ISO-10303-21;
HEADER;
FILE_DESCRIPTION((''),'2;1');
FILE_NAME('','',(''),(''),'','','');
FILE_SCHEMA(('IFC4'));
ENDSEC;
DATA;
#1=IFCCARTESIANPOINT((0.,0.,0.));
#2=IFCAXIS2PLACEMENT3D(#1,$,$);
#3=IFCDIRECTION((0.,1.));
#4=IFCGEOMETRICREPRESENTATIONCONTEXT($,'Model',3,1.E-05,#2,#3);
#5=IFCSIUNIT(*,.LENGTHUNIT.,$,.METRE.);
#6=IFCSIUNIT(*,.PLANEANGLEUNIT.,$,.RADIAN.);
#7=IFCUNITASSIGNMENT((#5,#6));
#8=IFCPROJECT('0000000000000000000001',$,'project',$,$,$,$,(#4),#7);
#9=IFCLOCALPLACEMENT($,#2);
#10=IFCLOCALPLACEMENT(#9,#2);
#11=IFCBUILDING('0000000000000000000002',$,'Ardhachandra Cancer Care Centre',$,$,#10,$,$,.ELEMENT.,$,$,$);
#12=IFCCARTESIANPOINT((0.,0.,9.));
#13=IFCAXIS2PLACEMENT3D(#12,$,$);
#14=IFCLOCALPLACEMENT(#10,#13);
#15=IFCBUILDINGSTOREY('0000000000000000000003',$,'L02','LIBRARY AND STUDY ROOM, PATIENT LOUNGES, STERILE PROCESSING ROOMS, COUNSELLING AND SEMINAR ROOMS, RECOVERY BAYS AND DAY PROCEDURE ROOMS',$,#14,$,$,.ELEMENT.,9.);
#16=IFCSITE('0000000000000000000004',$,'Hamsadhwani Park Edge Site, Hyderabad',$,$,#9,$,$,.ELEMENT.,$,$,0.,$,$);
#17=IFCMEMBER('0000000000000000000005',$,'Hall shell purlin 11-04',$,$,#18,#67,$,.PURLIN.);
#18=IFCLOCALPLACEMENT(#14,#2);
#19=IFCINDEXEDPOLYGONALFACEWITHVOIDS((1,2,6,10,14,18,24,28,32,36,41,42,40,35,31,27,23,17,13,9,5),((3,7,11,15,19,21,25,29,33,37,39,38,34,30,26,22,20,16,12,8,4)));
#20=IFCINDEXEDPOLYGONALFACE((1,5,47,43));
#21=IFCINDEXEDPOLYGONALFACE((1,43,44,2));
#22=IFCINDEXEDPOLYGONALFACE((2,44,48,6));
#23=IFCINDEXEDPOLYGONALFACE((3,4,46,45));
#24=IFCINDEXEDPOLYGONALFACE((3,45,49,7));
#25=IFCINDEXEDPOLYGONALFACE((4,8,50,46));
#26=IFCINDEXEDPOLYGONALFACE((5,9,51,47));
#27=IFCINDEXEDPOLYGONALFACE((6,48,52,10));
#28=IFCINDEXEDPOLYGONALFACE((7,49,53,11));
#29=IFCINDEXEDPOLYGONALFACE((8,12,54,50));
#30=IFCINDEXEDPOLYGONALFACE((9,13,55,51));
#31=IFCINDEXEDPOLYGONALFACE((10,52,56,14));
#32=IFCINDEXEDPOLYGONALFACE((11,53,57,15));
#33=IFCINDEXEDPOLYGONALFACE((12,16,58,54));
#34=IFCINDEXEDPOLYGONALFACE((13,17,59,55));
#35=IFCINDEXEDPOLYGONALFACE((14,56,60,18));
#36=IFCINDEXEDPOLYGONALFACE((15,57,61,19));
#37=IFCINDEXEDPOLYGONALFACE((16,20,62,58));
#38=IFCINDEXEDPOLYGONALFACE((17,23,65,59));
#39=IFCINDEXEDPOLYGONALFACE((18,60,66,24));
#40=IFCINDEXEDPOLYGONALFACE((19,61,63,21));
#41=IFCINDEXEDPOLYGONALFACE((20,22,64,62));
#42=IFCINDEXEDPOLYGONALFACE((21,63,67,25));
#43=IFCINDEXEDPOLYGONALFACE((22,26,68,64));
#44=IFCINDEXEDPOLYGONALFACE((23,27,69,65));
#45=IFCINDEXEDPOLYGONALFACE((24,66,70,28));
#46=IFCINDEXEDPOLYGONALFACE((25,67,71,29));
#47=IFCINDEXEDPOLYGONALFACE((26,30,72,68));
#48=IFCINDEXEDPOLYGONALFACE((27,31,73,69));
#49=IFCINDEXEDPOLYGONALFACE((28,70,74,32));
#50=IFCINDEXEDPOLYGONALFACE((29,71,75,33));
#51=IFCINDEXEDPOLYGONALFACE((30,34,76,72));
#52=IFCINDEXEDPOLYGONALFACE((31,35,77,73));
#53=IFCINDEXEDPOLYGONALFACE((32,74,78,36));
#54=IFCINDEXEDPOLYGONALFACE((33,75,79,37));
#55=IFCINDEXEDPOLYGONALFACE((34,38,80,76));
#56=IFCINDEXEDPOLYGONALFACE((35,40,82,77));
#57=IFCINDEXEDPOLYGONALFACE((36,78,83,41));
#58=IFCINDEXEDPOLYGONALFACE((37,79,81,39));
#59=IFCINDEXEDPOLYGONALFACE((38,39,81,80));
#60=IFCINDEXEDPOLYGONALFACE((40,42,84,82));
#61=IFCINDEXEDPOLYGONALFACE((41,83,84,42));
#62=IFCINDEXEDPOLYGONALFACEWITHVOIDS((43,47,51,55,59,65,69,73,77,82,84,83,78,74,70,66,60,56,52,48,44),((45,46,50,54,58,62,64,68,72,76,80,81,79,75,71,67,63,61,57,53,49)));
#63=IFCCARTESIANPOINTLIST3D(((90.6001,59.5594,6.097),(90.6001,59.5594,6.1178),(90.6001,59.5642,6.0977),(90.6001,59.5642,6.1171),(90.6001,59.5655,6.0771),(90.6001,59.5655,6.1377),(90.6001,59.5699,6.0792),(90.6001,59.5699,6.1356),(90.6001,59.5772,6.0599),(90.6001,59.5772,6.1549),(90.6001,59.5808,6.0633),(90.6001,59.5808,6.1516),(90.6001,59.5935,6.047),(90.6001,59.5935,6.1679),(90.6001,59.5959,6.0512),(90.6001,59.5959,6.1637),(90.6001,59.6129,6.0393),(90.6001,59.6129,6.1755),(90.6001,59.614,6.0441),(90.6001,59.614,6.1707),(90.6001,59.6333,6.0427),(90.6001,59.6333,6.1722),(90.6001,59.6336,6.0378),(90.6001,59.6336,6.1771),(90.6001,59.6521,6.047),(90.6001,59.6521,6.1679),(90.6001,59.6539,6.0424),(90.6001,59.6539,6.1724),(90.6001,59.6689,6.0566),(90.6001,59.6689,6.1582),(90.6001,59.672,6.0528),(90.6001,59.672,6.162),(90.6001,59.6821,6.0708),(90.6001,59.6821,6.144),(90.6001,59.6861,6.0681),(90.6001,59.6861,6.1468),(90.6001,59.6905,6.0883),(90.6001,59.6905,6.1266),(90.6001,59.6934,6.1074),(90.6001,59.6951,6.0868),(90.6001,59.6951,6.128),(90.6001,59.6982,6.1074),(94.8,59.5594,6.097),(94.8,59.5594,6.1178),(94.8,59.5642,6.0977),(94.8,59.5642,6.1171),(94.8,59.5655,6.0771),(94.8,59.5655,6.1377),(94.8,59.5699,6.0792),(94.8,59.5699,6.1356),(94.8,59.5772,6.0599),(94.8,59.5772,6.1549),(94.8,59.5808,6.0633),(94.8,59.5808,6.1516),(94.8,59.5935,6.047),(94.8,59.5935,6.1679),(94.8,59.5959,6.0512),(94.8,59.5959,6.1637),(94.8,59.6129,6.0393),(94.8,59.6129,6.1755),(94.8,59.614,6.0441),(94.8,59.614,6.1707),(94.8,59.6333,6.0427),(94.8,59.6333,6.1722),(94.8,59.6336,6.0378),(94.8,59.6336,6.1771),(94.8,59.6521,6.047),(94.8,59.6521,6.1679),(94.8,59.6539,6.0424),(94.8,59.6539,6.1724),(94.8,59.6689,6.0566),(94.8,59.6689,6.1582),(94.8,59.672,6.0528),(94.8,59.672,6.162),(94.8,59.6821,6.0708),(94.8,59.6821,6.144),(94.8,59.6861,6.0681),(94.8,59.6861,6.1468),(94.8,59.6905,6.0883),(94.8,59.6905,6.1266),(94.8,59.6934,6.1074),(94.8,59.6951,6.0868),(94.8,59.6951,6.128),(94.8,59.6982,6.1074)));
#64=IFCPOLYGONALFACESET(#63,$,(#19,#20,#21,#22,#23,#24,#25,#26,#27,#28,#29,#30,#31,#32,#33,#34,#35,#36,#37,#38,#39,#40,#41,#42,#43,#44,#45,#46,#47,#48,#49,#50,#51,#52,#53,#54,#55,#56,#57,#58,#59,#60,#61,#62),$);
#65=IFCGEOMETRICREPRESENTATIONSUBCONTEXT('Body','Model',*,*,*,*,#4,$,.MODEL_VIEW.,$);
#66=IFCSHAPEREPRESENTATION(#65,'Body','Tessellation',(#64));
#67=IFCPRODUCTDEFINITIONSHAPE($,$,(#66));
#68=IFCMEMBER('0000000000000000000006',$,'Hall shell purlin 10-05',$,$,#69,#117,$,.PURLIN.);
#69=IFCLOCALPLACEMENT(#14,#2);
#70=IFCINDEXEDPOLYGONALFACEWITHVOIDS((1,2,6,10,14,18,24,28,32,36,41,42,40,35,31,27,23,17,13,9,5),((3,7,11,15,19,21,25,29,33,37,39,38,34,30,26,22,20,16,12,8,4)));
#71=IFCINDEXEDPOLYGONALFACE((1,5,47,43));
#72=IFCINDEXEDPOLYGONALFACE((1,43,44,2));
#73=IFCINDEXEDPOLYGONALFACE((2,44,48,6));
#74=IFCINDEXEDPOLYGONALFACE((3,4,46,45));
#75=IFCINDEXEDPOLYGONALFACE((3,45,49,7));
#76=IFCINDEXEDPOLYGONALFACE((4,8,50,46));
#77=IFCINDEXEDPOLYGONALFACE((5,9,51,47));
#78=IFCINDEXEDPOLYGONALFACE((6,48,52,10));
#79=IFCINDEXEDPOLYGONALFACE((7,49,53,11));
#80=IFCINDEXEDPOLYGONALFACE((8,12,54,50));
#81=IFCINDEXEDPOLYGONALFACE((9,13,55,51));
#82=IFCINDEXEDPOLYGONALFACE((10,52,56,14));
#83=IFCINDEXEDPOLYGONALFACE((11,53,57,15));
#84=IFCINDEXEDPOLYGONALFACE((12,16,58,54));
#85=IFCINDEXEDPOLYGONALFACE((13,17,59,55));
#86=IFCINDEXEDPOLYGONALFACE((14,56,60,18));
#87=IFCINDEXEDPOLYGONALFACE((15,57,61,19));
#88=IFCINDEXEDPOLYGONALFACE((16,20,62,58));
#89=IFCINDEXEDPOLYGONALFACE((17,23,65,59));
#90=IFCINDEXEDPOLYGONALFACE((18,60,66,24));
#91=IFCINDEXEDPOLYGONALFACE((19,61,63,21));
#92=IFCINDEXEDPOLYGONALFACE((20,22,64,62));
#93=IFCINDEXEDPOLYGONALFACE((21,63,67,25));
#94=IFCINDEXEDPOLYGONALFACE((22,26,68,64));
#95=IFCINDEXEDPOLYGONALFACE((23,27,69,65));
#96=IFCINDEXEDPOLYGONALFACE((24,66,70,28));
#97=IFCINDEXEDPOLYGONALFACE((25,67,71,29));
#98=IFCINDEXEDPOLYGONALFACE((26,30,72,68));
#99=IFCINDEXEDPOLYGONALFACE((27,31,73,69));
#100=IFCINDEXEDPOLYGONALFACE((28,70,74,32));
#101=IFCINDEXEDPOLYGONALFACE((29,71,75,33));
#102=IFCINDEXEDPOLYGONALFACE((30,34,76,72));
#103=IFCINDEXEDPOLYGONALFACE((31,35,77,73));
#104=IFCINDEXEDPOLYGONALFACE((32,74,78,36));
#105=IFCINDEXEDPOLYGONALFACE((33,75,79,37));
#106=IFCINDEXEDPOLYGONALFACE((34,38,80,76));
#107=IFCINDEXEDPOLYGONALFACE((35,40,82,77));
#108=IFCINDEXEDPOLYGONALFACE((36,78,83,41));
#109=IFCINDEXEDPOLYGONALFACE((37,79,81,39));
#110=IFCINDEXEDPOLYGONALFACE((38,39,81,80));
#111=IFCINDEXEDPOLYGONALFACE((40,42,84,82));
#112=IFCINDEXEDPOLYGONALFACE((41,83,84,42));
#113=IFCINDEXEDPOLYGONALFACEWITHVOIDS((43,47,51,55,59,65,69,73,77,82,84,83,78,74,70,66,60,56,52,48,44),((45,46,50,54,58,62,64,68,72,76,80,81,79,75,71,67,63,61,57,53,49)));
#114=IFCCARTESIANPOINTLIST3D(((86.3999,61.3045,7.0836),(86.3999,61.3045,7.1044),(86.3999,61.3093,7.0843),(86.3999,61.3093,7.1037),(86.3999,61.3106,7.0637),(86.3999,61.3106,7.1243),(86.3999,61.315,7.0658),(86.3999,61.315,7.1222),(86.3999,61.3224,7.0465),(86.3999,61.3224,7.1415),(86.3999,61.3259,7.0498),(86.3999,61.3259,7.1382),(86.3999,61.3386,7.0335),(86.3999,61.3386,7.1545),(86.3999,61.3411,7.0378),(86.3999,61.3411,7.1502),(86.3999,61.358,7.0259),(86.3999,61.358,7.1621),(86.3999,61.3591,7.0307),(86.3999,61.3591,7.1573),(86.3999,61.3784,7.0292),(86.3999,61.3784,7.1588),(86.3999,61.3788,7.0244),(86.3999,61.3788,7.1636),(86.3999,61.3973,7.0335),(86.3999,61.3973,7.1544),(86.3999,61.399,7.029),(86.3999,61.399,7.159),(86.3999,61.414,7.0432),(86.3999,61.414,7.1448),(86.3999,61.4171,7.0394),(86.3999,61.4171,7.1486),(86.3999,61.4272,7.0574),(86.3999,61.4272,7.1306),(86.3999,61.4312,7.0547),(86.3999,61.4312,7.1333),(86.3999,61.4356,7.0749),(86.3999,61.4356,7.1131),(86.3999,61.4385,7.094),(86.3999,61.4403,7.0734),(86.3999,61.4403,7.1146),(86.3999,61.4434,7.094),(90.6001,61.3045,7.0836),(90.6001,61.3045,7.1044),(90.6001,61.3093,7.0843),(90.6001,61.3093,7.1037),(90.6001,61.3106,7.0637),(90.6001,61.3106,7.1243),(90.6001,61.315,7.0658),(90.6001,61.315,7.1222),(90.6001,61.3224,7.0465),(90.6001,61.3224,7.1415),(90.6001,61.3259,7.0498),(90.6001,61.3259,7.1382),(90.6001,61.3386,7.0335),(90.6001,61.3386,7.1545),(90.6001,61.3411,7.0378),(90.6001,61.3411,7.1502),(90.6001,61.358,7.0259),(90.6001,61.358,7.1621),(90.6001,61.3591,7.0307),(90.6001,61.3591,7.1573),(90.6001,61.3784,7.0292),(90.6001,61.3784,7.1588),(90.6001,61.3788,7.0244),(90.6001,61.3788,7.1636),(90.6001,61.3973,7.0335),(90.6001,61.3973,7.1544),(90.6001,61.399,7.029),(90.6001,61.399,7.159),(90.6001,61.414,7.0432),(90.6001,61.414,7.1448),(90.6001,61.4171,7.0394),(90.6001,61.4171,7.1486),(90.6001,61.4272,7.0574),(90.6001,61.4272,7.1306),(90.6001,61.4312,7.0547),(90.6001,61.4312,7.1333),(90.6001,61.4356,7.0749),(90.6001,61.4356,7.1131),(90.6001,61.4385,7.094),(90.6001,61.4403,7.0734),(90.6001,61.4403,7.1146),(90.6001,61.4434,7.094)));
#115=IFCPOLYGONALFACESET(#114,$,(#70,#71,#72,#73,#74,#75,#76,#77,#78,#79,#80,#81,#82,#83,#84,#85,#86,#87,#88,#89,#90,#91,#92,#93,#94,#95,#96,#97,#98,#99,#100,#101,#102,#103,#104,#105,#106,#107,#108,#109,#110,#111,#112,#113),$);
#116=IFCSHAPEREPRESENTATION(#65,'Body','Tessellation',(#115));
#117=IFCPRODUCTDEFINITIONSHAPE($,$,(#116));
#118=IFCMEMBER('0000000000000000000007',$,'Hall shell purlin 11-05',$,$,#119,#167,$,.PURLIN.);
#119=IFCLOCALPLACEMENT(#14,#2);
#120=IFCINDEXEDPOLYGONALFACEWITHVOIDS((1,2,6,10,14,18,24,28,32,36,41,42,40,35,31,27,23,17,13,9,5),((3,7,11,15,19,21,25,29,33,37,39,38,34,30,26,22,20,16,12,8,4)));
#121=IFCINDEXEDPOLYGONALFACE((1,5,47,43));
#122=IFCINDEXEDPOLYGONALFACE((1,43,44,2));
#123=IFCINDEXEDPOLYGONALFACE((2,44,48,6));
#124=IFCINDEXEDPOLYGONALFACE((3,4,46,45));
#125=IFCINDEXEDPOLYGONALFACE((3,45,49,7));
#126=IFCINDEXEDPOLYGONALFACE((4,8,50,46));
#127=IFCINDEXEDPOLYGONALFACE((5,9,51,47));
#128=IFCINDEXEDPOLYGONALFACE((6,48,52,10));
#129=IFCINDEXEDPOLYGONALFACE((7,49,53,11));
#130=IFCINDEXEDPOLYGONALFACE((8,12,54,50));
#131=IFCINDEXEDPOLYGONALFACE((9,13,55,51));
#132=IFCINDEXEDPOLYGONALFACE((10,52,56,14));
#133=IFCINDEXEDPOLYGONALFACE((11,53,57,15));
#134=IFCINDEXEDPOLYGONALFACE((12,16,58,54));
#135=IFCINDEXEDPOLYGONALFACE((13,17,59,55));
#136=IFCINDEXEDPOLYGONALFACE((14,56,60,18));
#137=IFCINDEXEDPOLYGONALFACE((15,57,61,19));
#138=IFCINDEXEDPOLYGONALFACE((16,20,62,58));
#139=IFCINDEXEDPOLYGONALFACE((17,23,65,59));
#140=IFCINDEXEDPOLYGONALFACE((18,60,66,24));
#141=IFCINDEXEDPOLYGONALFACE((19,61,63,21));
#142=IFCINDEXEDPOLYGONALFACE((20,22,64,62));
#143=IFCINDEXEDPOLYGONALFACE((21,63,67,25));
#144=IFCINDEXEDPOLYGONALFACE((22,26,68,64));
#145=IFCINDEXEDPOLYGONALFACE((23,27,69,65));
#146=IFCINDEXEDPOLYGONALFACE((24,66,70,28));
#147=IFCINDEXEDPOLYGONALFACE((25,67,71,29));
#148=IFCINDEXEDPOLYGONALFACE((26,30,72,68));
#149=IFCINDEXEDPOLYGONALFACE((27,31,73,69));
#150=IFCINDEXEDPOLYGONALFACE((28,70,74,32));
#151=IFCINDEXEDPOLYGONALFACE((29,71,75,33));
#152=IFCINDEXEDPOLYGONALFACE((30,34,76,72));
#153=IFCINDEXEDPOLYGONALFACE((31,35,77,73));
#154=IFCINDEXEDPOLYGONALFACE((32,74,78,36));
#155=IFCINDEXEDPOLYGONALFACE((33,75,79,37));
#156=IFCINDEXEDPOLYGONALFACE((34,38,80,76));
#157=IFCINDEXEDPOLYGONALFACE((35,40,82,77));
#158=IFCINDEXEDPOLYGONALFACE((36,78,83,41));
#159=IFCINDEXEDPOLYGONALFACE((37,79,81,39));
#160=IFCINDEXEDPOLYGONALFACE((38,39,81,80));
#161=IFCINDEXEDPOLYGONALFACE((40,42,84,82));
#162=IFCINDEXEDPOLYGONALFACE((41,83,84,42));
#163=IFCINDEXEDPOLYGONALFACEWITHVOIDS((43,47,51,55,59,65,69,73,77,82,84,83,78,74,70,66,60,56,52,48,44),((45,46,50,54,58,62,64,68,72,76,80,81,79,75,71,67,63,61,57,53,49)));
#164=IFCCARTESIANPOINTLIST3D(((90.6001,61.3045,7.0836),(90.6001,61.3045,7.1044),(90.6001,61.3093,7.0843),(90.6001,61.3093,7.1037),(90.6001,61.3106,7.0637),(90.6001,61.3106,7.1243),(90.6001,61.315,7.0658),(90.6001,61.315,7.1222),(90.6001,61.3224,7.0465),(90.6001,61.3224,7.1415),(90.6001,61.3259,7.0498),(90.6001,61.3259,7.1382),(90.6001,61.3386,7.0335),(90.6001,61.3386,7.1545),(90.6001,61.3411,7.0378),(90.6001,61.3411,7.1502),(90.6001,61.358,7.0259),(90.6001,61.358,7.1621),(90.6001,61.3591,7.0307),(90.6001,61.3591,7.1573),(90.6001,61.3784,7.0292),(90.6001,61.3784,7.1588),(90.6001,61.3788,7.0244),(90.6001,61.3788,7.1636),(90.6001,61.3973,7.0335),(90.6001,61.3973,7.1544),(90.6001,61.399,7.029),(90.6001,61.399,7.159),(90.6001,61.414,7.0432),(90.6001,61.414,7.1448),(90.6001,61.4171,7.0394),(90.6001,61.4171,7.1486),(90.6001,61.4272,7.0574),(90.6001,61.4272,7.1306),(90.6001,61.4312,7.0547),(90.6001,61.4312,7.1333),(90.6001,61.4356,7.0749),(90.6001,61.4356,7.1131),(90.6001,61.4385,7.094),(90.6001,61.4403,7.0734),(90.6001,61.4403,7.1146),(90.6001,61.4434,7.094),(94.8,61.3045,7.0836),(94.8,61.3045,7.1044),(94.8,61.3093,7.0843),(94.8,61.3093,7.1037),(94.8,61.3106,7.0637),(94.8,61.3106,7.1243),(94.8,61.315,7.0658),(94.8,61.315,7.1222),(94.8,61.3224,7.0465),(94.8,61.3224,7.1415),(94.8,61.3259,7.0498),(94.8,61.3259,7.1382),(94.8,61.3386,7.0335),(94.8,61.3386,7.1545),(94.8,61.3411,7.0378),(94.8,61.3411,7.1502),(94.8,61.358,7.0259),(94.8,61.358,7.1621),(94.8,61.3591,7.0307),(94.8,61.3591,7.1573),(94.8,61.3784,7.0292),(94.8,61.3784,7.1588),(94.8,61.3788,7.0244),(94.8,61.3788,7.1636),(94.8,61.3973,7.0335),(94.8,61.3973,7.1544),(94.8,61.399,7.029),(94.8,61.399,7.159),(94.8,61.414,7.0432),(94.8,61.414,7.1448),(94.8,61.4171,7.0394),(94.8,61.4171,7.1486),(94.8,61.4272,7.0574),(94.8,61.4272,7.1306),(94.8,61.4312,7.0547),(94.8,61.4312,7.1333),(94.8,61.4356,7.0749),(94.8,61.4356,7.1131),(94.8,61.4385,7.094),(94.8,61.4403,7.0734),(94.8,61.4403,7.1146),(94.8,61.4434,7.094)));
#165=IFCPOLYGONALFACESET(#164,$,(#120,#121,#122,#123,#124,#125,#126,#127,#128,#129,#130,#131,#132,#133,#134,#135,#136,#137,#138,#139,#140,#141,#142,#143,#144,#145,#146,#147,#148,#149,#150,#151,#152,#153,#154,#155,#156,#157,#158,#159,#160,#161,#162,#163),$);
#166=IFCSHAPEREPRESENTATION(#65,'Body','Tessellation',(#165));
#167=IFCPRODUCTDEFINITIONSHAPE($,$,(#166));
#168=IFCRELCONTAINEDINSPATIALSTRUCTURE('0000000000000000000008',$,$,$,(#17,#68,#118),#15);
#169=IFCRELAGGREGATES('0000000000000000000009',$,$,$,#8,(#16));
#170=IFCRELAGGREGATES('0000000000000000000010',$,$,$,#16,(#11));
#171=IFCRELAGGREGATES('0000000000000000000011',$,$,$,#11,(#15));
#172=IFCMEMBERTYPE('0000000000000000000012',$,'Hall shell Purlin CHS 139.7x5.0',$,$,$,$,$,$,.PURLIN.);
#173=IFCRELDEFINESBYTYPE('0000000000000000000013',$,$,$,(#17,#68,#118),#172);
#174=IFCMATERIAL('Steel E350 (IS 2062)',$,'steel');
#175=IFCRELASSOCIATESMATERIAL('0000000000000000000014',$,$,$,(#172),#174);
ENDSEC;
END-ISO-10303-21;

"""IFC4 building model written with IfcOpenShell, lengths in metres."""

from ifc_helpers import new_model, si_unit, direction, frame, origin, origin_2d, place, context, subcontext, project, spatial, hollow_circle, extrude, material, material_profile, profile_set, type_object, element, save


model = new_model("IFC4")

# Units and contexts
model_context = context("Model", 3, precision=1e-05, world=origin(), true_north=direction((0.0, 1.0)))
body_context = subcontext(model_context, "Body", "Model", "MODEL_VIEW")
ifc_project = project(units=[si_unit("LENGTHUNIT", "METRE"), si_unit("PLANEANGLEUNIT", "RADIAN")], contexts=[model_context])

# Site, building, storey
site_placement = place(None, origin())
site = spatial("IfcSite", under=ifc_project, at=site_placement, Name="Hamsadhwani Park Edge Site, Hyderabad", CompositionType="ELEMENT", RefElevation=0.0)
building_placement = place(site_placement, origin())
building = spatial("IfcBuilding", under=site, at=building_placement, Name="Ardhachandra Cancer Care Centre", CompositionType="ELEMENT")
storey_placement = place(building_placement, frame((0.0, 0.0, 9.0)))
storey = spatial("IfcBuildingStorey", under=building, at=storey_placement, Name="L02", Description="LIBRARY AND STUDY ROOM, PATIENT LOUNGES, STERILE PROCESSING ROOMS, COUNSELLING AND SEMINAR ROOMS, RECOVERY BAYS AND DAY PROCEDURE ROOMS", CompositionType="ELEMENT", Elevation=9.0)

# Members
ifc_material_1 = material(Name="Steel E350 (IS 2062)", Category="steel")
ifc_material_profile_1 = material_profile(ifc_material_1, hollow_circle(Radius=0.0698, WallThickness=0.0049, at=origin_2d()), Name="CHS 139.7x5.0")
ifc_profile_set_1 = profile_set([ifc_material_profile_1], Name="Steel E350 (IS 2062)")
member_type_1 = type_object("IfcMemberType", Name="Hall shell Purlin CHS 139.7x5.0", PredefinedType="PURLIN", material=ifc_profile_set_1)
member_1_placement = place(storey_placement, frame((90.6001, 59.6284, 6.1074), z_axis=(1.0, 0.0, 0.0), x_axis=(0.0, 1.0, 0.0)))
element("IfcMember", 1, at=member_1_placement, inside=storey, type_object=member_type_1, Name="Hall shell purlin 11-04", PredefinedType="PURLIN", context=body_context, shape_type="SweptSolid", body=[
    extrude(hollow_circle(Radius=0.0698, WallThickness=0.0049, at=origin_2d()), origin(), (0.0, 0.0, 1.0), 4.2),
])
member_2_placement = place(storey_placement, frame((86.3999, 61.3735, 7.094), z_axis=(1.0, 0.0, 0.0), x_axis=(0.0, 1.0, 0.0)))
element("IfcMember", 2, at=member_2_placement, inside=storey, type_object=member_type_1, Name="Hall shell purlin 10-05", PredefinedType="PURLIN", context=body_context, shape_type="SweptSolid", body=[
    extrude(hollow_circle(Radius=0.0698, WallThickness=0.0049, at=origin_2d()), origin(), (0.0, 0.0, 1.0), 4.2002),
])
member_3_placement = place(storey_placement, frame((90.6001, 61.3735, 7.094), z_axis=(1.0, 0.0, 0.0), x_axis=(0.0, 1.0, 0.0)))
element("IfcMember", 3, at=member_3_placement, inside=storey, type_object=member_type_1, Name="Hall shell purlin 11-05", PredefinedType="PURLIN", context=body_context, shape_type="SweptSolid", body=[
    extrude(hollow_circle(Radius=0.0698, WallThickness=0.0049, at=origin_2d()), origin(), (0.0, 0.0, 1.0), 4.2),
])

save(model, "model.ifc")
